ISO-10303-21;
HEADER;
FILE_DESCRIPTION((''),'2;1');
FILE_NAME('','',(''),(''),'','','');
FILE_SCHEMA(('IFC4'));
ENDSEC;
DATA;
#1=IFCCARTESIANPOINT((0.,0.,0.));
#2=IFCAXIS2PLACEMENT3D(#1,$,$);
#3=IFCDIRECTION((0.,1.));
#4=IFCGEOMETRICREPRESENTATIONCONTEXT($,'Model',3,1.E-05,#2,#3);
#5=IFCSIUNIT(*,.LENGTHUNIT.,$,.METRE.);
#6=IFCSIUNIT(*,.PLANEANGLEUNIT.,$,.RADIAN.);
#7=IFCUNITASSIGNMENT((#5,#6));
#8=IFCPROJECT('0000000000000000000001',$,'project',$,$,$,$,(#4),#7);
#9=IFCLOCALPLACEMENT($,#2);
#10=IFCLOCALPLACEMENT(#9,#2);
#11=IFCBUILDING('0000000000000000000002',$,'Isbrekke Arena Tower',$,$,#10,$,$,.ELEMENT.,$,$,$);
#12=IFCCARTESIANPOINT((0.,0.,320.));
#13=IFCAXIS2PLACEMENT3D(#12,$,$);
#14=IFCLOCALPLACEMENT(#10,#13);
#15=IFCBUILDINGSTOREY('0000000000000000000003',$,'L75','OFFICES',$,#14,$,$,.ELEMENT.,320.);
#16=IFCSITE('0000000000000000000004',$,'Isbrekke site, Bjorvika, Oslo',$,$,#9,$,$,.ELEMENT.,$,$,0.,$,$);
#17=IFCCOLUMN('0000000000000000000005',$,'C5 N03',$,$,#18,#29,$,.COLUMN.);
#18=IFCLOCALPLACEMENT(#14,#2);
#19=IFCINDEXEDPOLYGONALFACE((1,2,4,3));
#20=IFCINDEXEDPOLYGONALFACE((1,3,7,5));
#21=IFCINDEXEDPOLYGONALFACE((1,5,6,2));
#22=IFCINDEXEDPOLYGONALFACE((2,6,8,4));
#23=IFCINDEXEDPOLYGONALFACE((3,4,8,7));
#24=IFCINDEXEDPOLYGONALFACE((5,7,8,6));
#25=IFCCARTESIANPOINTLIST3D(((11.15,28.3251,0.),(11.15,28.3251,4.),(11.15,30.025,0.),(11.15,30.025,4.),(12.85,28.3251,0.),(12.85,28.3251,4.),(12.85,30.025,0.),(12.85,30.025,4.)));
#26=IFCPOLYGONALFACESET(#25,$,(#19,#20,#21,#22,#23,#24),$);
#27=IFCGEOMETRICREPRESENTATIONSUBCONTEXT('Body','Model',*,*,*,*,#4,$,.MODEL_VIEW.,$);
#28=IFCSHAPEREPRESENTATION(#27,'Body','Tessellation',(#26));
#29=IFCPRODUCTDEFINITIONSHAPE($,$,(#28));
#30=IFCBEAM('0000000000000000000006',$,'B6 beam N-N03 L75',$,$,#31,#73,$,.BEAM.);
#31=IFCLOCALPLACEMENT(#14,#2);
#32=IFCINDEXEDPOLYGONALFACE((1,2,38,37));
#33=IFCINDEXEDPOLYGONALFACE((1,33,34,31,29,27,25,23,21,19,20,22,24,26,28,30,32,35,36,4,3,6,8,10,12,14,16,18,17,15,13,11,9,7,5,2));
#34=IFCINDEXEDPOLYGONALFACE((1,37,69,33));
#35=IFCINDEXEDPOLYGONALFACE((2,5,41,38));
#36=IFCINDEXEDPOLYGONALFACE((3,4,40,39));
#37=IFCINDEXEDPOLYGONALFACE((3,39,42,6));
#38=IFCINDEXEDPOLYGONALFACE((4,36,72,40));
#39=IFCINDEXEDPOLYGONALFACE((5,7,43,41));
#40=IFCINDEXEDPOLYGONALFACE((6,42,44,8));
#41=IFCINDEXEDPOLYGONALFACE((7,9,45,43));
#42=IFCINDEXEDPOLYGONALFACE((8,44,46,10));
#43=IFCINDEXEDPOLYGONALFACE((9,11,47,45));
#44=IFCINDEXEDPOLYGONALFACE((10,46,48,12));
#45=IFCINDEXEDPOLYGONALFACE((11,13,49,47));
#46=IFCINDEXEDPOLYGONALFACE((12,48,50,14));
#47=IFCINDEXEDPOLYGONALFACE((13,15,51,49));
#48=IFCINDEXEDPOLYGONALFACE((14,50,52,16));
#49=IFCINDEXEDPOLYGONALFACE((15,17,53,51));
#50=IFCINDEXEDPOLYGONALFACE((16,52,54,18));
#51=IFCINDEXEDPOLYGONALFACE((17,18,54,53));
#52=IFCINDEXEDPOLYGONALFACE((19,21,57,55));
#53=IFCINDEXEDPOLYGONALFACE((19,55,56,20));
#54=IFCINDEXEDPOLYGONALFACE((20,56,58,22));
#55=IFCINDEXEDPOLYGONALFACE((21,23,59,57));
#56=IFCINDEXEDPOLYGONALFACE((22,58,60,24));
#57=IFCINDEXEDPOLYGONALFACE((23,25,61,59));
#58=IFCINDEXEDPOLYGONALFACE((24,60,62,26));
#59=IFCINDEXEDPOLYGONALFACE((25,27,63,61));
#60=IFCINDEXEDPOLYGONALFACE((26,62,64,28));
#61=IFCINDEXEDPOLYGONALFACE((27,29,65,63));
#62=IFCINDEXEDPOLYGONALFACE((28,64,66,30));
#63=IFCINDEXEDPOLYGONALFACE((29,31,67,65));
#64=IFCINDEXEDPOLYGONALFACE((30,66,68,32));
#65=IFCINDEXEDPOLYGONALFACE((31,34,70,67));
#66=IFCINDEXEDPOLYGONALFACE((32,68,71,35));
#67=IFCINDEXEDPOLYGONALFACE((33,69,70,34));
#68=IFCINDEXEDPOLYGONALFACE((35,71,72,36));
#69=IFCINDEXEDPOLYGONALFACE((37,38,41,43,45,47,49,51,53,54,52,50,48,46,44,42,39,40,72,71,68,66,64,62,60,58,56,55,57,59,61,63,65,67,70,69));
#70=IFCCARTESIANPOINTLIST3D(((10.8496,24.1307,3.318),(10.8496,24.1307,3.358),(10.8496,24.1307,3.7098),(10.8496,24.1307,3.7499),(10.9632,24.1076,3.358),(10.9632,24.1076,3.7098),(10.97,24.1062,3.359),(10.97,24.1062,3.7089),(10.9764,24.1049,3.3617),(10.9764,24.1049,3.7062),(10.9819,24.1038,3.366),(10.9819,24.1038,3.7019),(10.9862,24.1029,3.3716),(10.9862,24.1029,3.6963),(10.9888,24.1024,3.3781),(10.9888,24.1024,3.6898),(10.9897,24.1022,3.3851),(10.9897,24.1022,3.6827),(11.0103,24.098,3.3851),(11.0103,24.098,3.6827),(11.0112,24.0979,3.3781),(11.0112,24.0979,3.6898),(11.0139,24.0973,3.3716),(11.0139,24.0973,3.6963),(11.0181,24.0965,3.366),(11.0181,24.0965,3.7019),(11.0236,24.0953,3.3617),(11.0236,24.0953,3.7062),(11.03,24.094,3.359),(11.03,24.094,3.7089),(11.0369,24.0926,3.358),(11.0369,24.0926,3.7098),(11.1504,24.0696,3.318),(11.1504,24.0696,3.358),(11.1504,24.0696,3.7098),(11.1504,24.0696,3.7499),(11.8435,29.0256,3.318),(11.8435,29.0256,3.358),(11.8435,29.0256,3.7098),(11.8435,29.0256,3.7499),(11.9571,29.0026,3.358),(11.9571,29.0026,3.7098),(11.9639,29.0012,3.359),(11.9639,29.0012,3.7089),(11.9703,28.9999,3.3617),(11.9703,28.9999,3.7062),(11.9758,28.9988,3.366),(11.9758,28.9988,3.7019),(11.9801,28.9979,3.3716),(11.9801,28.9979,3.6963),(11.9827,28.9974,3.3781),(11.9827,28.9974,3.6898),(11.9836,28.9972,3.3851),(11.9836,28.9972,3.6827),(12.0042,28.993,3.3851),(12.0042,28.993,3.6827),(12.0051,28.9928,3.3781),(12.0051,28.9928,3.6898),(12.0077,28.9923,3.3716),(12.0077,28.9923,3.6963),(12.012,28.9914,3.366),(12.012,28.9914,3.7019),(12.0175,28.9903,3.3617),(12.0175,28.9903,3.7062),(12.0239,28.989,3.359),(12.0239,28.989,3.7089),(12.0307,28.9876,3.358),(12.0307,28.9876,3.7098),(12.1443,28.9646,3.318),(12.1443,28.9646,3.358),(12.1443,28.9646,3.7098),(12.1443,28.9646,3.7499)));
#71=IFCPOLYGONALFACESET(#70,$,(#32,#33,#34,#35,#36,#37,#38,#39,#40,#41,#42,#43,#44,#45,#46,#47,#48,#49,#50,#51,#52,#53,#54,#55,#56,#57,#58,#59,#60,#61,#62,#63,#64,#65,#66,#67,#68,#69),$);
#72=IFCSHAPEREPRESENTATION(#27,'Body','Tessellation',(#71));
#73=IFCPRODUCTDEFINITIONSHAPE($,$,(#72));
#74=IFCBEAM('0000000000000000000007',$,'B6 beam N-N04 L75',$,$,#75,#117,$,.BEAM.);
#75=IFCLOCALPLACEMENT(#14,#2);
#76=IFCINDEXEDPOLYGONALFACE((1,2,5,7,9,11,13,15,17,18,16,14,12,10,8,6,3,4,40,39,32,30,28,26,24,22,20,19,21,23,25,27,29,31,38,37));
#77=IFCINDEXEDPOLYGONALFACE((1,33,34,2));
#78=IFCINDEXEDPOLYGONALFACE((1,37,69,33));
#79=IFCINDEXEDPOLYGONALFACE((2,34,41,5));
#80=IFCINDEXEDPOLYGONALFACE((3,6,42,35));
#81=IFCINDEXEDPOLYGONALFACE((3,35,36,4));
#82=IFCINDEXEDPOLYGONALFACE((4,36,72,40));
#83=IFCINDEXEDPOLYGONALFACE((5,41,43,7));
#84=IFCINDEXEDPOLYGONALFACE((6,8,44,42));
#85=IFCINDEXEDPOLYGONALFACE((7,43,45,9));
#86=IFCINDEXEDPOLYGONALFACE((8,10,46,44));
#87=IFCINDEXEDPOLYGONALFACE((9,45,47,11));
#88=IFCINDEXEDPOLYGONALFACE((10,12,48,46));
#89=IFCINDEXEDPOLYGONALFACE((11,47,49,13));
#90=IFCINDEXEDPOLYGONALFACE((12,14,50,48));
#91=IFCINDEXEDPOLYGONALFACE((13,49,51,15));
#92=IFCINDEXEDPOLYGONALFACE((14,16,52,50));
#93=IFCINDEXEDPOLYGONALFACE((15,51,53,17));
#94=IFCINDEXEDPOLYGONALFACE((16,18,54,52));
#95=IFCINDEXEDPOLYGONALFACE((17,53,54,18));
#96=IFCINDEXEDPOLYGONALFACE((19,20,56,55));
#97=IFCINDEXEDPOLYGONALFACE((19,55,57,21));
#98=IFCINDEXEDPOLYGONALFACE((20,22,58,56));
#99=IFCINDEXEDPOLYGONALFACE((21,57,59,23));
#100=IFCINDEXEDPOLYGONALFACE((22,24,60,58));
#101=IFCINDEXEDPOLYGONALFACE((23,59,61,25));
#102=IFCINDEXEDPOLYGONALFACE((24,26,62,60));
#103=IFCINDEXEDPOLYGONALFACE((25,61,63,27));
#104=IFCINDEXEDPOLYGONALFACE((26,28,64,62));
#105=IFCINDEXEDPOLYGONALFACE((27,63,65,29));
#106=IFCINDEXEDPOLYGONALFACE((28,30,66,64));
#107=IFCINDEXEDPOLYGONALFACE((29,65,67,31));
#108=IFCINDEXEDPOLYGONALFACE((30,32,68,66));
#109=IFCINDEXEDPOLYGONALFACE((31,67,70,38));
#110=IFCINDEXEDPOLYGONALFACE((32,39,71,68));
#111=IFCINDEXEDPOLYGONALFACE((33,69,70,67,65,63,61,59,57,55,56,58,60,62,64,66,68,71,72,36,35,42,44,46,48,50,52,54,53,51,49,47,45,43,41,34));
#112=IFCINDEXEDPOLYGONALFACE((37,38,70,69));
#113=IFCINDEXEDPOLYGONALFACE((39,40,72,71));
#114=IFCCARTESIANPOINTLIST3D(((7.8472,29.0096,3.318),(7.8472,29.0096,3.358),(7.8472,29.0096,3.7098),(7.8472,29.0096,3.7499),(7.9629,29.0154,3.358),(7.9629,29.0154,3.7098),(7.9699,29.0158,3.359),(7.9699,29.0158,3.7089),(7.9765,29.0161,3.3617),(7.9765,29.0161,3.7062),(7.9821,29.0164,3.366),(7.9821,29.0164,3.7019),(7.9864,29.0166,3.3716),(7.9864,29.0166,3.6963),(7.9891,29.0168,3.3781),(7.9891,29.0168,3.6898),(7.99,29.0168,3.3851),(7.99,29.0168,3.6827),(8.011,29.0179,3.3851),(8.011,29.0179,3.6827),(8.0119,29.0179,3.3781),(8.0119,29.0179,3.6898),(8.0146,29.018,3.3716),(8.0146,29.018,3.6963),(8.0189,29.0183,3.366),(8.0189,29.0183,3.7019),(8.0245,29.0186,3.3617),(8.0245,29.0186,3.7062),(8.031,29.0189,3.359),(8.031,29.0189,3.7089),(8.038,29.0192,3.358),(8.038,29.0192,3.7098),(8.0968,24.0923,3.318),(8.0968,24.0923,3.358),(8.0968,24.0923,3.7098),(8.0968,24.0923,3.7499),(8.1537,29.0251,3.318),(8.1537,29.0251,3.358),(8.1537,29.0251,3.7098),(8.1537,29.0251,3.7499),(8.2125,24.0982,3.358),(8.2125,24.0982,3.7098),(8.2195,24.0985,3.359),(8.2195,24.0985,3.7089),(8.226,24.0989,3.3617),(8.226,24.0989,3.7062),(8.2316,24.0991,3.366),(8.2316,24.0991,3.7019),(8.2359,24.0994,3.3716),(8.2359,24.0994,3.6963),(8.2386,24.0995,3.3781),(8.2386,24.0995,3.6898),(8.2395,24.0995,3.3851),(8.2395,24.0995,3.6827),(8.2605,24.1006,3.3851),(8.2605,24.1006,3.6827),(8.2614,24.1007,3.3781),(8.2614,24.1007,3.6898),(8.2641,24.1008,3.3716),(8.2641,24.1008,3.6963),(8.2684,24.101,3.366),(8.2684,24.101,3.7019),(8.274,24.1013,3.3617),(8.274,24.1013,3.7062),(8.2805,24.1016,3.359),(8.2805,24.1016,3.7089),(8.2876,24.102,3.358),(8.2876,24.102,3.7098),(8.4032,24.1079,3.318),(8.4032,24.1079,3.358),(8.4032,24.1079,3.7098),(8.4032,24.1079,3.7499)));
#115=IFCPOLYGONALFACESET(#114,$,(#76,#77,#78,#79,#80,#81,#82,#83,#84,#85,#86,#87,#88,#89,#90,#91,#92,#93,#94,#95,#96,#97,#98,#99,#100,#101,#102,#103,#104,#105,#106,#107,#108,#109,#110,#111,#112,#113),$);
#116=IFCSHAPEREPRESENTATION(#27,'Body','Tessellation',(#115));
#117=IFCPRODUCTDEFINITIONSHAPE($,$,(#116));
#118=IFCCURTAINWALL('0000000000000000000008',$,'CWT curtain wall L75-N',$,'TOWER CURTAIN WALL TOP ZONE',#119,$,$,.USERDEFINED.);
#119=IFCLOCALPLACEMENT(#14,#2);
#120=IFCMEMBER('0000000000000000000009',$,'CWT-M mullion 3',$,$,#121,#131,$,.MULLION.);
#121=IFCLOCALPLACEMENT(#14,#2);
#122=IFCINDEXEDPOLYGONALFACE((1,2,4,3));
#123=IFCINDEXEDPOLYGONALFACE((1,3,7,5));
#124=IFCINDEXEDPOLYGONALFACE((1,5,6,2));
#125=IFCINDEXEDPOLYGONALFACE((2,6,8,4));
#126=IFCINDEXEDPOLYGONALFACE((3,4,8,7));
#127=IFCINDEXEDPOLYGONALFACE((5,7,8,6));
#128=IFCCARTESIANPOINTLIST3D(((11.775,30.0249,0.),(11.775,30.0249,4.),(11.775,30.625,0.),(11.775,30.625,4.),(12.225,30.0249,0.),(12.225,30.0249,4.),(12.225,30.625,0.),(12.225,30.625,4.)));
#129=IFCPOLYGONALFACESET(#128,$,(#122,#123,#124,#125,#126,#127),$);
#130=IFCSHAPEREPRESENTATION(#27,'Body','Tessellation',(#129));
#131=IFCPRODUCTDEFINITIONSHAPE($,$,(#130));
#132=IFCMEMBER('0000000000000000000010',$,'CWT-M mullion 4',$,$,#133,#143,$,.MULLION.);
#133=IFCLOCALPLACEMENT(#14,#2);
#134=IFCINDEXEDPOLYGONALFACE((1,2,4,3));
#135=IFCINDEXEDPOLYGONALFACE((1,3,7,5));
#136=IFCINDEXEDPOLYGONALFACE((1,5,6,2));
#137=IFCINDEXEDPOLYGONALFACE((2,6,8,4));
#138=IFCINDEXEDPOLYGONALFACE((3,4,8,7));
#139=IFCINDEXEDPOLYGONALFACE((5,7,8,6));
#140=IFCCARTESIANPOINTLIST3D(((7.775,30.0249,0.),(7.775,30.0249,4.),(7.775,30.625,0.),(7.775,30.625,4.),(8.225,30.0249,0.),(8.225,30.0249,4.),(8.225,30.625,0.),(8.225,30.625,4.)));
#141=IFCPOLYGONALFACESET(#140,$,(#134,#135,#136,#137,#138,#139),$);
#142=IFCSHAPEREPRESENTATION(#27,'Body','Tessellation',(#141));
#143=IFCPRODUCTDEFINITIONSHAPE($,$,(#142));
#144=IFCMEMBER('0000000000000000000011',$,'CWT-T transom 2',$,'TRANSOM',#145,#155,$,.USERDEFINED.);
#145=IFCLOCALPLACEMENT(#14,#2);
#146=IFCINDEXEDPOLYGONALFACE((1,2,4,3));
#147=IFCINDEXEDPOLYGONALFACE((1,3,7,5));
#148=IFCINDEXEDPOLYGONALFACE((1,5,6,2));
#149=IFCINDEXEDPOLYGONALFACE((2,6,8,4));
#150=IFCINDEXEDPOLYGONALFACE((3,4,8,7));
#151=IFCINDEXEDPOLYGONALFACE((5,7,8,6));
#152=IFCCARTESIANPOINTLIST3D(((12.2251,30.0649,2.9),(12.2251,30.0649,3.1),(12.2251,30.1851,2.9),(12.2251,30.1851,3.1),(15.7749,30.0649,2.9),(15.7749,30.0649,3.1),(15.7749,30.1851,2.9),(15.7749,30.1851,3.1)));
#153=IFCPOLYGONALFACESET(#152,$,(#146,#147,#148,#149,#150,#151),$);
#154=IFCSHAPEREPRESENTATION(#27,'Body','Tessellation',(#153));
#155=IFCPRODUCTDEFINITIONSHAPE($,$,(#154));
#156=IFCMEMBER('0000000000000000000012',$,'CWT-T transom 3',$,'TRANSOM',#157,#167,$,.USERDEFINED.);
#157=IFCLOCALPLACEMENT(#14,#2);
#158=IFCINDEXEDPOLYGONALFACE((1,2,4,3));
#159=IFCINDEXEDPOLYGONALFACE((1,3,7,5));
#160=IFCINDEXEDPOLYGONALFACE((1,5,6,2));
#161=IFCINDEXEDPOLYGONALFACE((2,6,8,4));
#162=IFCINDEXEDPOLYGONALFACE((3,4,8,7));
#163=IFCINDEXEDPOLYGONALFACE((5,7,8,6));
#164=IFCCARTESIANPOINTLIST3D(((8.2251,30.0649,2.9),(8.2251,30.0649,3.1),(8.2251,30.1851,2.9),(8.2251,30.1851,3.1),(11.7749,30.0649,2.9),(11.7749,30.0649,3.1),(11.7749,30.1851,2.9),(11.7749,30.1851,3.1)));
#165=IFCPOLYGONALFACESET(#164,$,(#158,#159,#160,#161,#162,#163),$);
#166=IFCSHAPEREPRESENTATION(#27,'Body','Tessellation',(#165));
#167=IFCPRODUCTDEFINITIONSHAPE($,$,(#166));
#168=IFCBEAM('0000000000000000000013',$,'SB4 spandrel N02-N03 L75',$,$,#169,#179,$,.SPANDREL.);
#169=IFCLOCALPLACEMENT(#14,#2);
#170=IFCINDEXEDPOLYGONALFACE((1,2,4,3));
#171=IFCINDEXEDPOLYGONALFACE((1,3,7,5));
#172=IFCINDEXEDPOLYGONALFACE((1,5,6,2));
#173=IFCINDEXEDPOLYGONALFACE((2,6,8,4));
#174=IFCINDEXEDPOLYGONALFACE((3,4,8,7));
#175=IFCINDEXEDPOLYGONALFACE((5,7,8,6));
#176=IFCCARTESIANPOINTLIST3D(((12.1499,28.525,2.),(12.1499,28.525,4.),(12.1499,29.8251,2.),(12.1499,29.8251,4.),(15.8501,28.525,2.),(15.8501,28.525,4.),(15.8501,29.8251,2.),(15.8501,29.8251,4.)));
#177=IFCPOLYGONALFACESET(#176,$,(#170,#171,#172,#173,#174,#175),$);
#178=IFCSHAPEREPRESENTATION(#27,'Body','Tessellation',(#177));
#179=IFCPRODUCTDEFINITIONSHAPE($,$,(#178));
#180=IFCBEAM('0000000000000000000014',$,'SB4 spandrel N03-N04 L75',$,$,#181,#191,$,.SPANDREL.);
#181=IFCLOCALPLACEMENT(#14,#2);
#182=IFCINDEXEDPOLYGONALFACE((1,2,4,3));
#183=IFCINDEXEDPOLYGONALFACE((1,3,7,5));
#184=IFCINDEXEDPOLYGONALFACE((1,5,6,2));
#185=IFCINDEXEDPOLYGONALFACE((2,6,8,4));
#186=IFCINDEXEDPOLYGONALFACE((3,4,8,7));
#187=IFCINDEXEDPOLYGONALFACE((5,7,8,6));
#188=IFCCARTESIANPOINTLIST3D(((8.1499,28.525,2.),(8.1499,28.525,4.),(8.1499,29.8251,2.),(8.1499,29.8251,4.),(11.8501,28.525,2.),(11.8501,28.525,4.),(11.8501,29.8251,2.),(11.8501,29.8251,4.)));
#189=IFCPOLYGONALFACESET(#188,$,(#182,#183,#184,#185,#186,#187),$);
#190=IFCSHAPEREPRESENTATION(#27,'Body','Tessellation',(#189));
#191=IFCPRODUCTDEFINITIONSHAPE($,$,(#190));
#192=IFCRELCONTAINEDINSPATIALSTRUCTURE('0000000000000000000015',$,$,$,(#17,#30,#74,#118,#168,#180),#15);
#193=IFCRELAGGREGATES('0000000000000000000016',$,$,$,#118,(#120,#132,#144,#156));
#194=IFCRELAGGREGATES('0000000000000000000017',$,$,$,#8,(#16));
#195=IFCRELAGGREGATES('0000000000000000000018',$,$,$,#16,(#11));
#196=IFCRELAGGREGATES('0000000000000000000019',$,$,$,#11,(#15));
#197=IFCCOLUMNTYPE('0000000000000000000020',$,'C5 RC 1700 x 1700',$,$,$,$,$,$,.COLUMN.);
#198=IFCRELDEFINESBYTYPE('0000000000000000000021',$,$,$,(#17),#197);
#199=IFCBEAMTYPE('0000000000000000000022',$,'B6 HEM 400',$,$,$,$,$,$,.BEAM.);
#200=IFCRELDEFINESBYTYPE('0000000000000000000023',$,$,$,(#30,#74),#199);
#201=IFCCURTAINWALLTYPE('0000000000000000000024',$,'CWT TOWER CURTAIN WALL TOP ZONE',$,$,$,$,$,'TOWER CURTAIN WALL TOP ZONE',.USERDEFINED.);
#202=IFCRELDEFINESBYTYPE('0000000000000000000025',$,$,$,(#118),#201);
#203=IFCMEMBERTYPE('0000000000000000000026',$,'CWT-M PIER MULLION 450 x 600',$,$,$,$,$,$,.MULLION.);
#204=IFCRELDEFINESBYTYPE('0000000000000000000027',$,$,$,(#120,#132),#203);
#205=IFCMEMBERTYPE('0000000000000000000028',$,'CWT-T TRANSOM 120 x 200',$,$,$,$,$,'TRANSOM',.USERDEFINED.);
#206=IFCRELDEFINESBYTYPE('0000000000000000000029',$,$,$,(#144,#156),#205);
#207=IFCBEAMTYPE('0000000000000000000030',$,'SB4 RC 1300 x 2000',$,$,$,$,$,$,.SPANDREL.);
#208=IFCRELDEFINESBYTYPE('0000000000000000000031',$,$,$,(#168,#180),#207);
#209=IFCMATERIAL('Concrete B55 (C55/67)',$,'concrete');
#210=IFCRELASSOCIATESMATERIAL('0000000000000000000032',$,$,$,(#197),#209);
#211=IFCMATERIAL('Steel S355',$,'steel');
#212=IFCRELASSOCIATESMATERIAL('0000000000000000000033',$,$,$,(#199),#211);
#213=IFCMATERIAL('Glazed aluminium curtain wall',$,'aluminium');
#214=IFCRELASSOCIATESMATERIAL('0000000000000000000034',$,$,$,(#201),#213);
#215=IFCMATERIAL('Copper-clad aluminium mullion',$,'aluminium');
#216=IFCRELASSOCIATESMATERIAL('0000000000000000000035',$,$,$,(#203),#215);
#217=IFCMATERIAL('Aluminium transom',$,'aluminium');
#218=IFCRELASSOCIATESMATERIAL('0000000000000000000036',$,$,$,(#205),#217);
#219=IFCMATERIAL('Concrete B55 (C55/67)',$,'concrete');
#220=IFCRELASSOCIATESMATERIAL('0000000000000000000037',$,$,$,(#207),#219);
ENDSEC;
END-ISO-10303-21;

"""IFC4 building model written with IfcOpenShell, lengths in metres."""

from ifc_helpers import new_model, si_unit, direction, frame, origin, origin_2d, place, context, subcontext, project, spatial, rectangle, i_section, extrude, material, material_profile, profile_set, type_object, element, aggregate, save


model = new_model("IFC4")

# Units and contexts
model_context = context("Model", 3, precision=1e-05, world=origin(), true_north=direction((0.0, 1.0)))
body_context = subcontext(model_context, "Body", "Model", "MODEL_VIEW")
ifc_project = project(units=[si_unit("LENGTHUNIT", "METRE"), si_unit("PLANEANGLEUNIT", "RADIAN")], contexts=[model_context])

# Site, building, storey
site_placement = place(None, origin())
site = spatial("IfcSite", under=ifc_project, at=site_placement, Name="Isbrekke site, Bjorvika, Oslo", CompositionType="ELEMENT", RefElevation=0.0)
building_placement = place(site_placement, origin())
building = spatial("IfcBuilding", under=site, at=building_placement, Name="Isbrekke Arena Tower", CompositionType="ELEMENT")
storey_placement = place(building_placement, frame((0.0, 0.0, 320.0)))
storey = spatial("IfcBuildingStorey", under=building, at=storey_placement, Name="L75", Description="OFFICES", CompositionType="ELEMENT", Elevation=320.0)

# Column
ifc_material_1 = material(Name="Concrete B55 (C55/67)", Category="concrete")
ifc_material_profile_1 = material_profile(ifc_material_1, rectangle(XDim=1.7, YDim=1.7, at=origin_2d()), Name="RC 1700x1700")
ifc_profile_set_1 = profile_set([ifc_material_profile_1], Name="Concrete B55 (C55/67)")
column_type = type_object("IfcColumnType", Name="C5 RC 1700 x 1700", PredefinedType="COLUMN", material=ifc_profile_set_1)
column_placement = place(storey_placement, frame((12.0, 29.175, 0.0), z_axis=(0.0, 0.0, 1.0), x_axis=(-1.0, 0.0, 0.0)))
element("IfcColumn", 1, at=column_placement, inside=storey, type_object=column_type, Name="C5 N03", PredefinedType="COLUMN", context=body_context, shape_type="SweptSolid", body=[
    extrude(rectangle(XDim=1.7, YDim=1.7, at=origin_2d()), origin(), (0.0, 0.0, 1.0), 4.0),
])

# Beams
ifc_material_2 = material(Name="Steel S355", Category="steel")
ifc_material_profile_2 = material_profile(ifc_material_2, i_section(OverallWidth=0.3069, OverallDepth=0.4319, WebThickness=0.021, FlangeThickness=0.04, FilletRadius=0.0271, at=origin_2d()), Name="HEM 400")
ifc_profile_set_2 = profile_set([ifc_material_profile_2], Name="Steel S355")
beam_type_1 = type_object("IfcBeamType", Name="B6 HEM 400", PredefinedType="BEAM", material=ifc_profile_set_2)
beam_1_placement = place(storey_placement, frame((11.9939, 28.9951, 3.5339), z_axis=(-0.198982, -0.980003, 0.0), x_axis=(0.980003, -0.198982, 0.0)))
element("IfcBeam", 2, at=beam_1_placement, inside=storey, type_object=beam_type_1, Name="B6 beam N-N03 L75", PredefinedType="BEAM", context=body_context, shape_type="SweptSolid", body=[
    extrude(i_section(OverallWidth=0.3069, OverallDepth=0.4319, WebThickness=0.021, FlangeThickness=0.04, FilletRadius=0.0271, at=origin_2d()), origin(), (0.0, 0.0, 1.0), 4.9949),
])
beam_2_placement = place(storey_placement, frame((8.0005, 29.0173, 3.5339), z_axis=(0.050677, -0.998715, 0.0), x_axis=(0.998715, 0.050677, 0.0)))
element("IfcBeam", 3, at=beam_2_placement, inside=storey, type_object=beam_type_1, Name="B6 beam N-N04 L75", PredefinedType="BEAM", context=body_context, shape_type="SweptSolid", body=[
    extrude(i_section(OverallWidth=0.3069, OverallDepth=0.4319, WebThickness=0.021, FlangeThickness=0.04, FilletRadius=0.0271, at=origin_2d()), origin(), (0.0, 0.0, 1.0), 4.9236),
])

# Curtain wall, members
ifc_material_3 = material(Name="Glazed aluminium curtain wall", Category="aluminium")
curtain_wall_type = type_object("IfcCurtainWallType", Name="CWT TOWER CURTAIN WALL TOP ZONE", ElementType="TOWER CURTAIN WALL TOP ZONE", PredefinedType="USERDEFINED", material=ifc_material_3)
curtain_wall_placement = place(storey_placement, origin())
curtain_wall = element("IfcCurtainWall", 4, at=curtain_wall_placement, inside=storey, type_object=curtain_wall_type, Name="CWT curtain wall L75-N", ObjectType="TOWER CURTAIN WALL TOP ZONE", PredefinedType="USERDEFINED")
ifc_material_4 = material(Name="Copper-clad aluminium mullion", Category="aluminium")
ifc_material_profile_3 = material_profile(ifc_material_4, rectangle(XDim=0.45, YDim=0.6001, at=origin_2d()), Name="PIER 450X600")
ifc_profile_set_3 = profile_set([ifc_material_profile_3], Name="Copper-clad aluminium mullion")
member_type_1 = type_object("IfcMemberType", Name="CWT-M PIER MULLION 450 x 600", PredefinedType="MULLION", material=ifc_profile_set_3)
member_1_placement = place(storey_placement, frame((12.0, 30.325, 0.0), z_axis=(0.0, 0.0, 1.0), x_axis=(-1.0, 0.0, 0.0)))
member_1 = element("IfcMember", 5, at=member_1_placement, type_object=member_type_1, Name="CWT-M mullion 3", PredefinedType="MULLION", context=body_context, shape_type="SweptSolid", body=[
    extrude(rectangle(XDim=0.45, YDim=0.6001, at=origin_2d()), origin(), (0.0, 0.0, 1.0), 4.0),
])
member_2_placement = place(storey_placement, frame((8.0, 30.325, 0.0), z_axis=(0.0, 0.0, 1.0), x_axis=(-1.0, 0.0, 0.0)))
member_2 = element("IfcMember", 6, at=member_2_placement, type_object=member_type_1, Name="CWT-M mullion 4", PredefinedType="MULLION", context=body_context, shape_type="SweptSolid", body=[
    extrude(rectangle(XDim=0.45, YDim=0.6001, at=origin_2d()), origin(), (0.0, 0.0, 1.0), 4.0),
])
ifc_material_5 = material(Name="Aluminium transom", Category="aluminium")
ifc_material_profile_4 = material_profile(ifc_material_5, rectangle(XDim=0.1201, YDim=0.2, at=origin_2d()), Name="TRANSOM 120X200")
ifc_profile_set_4 = profile_set([ifc_material_profile_4], Name="Aluminium transom")
member_type_2 = type_object("IfcMemberType", Name="CWT-T TRANSOM 120 x 200", ElementType="TRANSOM", PredefinedType="USERDEFINED", material=ifc_profile_set_4)
member_3_placement = place(storey_placement, frame((15.7749, 30.125, 3.0), z_axis=(-1.0, 0.0, 0.0), x_axis=(0.0, -1.0, 0.0)))
member_3 = element("IfcMember", 7, at=member_3_placement, type_object=member_type_2, Name="CWT-T transom 2", ObjectType="TRANSOM", PredefinedType="USERDEFINED", context=body_context, shape_type="SweptSolid", body=[
    extrude(rectangle(XDim=0.1201, YDim=0.2, at=origin_2d()), origin(), (0.0, 0.0, 1.0), 3.5498),
])
member_4_placement = place(storey_placement, frame((11.7749, 30.125, 3.0), z_axis=(-1.0, 0.0, 0.0), x_axis=(0.0, -1.0, 0.0)))
member_4 = element("IfcMember", 8, at=member_4_placement, type_object=member_type_2, Name="CWT-T transom 3", ObjectType="TRANSOM", PredefinedType="USERDEFINED", context=body_context, shape_type="SweptSolid", body=[
    extrude(rectangle(XDim=0.1201, YDim=0.2, at=origin_2d()), origin(), (0.0, 0.0, 1.0), 3.5498),
])

# Beams
ifc_material_6 = material(Name="Concrete B55 (C55/67)", Category="concrete")
ifc_material_profile_5 = material_profile(ifc_material_6, rectangle(XDim=1.3, YDim=2.0, at=origin_2d()), Name="RC 1300x2000")
ifc_profile_set_5 = profile_set([ifc_material_profile_5], Name="Concrete B55 (C55/67)")
beam_type_2 = type_object("IfcBeamType", Name="SB4 RC 1300 x 2000", PredefinedType="SPANDREL", material=ifc_profile_set_5)
for number, where, z_axis, x_axis, name in (
    (9, (15.8501, 29.175, 3.0), (-1.0, 0.0, 0.0), (0.0, -1.0, 0.0), "SB4 spandrel N02-N03 L75"),
    (10, (11.8501, 29.175, 3.0), (-1.0, 0.0, 0.0), (0.0, -1.0, 0.0), "SB4 spandrel N03-N04 L75"),
):
    element("IfcBeam", number, at=place(storey_placement, frame(where, z_axis=z_axis, x_axis=x_axis)), inside=storey, type_object=beam_type_2, Name=name, PredefinedType="SPANDREL", context=body_context, shape_type="SweptSolid", body=[
        extrude(rectangle(XDim=1.3, YDim=2.0, at=origin_2d()), origin(), (0.0, 0.0, 1.0), 3.7002),
    ])

aggregate(curtain_wall, [member_1, member_2, member_3, member_4])

save(model, "model.ifc")
